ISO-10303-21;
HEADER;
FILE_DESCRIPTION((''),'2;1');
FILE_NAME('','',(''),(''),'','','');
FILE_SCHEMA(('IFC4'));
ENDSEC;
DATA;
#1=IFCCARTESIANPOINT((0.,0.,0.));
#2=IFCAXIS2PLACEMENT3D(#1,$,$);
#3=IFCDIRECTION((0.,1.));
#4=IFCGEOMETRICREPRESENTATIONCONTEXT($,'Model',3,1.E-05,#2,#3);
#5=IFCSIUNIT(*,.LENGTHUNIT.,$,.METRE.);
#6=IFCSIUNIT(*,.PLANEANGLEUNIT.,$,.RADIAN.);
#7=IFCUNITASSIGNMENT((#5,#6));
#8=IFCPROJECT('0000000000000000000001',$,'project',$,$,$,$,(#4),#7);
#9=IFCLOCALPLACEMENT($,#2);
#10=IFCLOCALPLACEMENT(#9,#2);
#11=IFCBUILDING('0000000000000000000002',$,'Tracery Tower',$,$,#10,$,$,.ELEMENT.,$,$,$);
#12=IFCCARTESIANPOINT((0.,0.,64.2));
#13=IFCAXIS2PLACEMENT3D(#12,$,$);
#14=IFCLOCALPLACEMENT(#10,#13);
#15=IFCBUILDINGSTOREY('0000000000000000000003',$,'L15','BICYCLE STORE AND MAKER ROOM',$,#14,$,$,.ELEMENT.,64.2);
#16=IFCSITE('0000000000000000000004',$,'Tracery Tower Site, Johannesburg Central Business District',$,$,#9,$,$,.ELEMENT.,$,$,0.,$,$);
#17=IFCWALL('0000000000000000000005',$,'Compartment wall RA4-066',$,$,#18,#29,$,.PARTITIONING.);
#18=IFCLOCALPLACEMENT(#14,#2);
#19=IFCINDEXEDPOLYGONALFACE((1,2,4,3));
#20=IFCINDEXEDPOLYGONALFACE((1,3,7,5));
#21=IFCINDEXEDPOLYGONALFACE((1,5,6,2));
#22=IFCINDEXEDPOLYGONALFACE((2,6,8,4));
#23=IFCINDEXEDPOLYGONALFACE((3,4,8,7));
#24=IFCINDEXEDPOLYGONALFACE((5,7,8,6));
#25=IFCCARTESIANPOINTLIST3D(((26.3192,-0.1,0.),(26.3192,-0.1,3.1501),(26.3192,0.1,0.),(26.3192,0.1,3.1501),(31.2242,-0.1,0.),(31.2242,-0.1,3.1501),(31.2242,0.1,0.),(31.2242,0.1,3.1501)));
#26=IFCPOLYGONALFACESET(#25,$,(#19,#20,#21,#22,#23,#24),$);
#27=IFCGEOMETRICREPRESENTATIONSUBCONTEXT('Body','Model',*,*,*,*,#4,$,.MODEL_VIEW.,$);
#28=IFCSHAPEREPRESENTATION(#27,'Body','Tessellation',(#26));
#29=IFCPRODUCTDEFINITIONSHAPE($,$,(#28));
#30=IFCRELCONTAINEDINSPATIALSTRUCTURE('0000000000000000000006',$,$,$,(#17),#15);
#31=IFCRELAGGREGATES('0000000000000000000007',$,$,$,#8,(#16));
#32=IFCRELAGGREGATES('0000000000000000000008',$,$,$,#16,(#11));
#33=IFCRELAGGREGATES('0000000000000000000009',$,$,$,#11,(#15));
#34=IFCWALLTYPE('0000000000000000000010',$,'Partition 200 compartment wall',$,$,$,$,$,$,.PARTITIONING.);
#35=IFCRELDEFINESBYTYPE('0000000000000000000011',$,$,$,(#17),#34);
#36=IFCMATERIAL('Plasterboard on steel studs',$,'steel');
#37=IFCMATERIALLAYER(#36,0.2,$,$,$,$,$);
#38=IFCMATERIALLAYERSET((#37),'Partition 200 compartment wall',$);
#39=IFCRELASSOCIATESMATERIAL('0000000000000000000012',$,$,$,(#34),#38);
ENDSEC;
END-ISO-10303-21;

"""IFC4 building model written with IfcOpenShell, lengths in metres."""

from ifc_helpers import new_model, si_unit, direction, frame, frame_2d, origin, place, context, subcontext, project, spatial, rectangle, extrude, material, layer, layer_set, type_object, element, save


model = new_model("IFC4")

# Units and contexts
model_context = context("Model", 3, precision=1e-05, world=origin(), true_north=direction((0.0, 1.0)))
body_context = subcontext(model_context, "Body", "Model", "MODEL_VIEW")
ifc_project = project(units=[si_unit("LENGTHUNIT", "METRE"), si_unit("PLANEANGLEUNIT", "RADIAN")], contexts=[model_context])

# Site, building, storey
site_placement = place(None, origin())
site = spatial("IfcSite", under=ifc_project, at=site_placement, Name="Tracery Tower Site, Johannesburg Central Business District", CompositionType="ELEMENT", RefElevation=0.0)
building_placement = place(site_placement, origin())
building = spatial("IfcBuilding", under=site, at=building_placement, Name="Tracery Tower", CompositionType="ELEMENT")
storey_placement = place(building_placement, frame((0.0, 0.0, 64.2)))
storey = spatial("IfcBuildingStorey", under=building, at=storey_placement, Name="L15", Description="BICYCLE STORE AND MAKER ROOM", CompositionType="ELEMENT", Elevation=64.2)

# Wall
ifc_material_1 = material(Name="Plasterboard on steel studs", Category="steel")
ifc_layer_1 = layer(ifc_material_1, 0.2)
ifc_layer_set_1 = layer_set([ifc_layer_1], Name="Partition 200 compartment wall")
wall_type_1 = type_object("IfcWallType", Name="Partition 200 compartment wall", PredefinedType="PARTITIONING", material=ifc_layer_set_1)
wall_1_placement = place(storey_placement, frame((26.3191, 0.0, 0.0), z_axis=(0.0, 0.0, 1.0), x_axis=(1.0, 0.0, 0.0)))
element("IfcWall", 1, at=wall_1_placement, inside=storey, type_object=wall_type_1, Name="Compartment wall RA4-066", PredefinedType="PARTITIONING", context=body_context, shape_type="SweptSolid", body=[
    extrude(rectangle(XDim=4.905, YDim=0.2, at=frame_2d((2.4526, 0.0))), origin(), (0.0, 0.0, 1.0), 3.1501),
])

save(model, "model.ifc")
